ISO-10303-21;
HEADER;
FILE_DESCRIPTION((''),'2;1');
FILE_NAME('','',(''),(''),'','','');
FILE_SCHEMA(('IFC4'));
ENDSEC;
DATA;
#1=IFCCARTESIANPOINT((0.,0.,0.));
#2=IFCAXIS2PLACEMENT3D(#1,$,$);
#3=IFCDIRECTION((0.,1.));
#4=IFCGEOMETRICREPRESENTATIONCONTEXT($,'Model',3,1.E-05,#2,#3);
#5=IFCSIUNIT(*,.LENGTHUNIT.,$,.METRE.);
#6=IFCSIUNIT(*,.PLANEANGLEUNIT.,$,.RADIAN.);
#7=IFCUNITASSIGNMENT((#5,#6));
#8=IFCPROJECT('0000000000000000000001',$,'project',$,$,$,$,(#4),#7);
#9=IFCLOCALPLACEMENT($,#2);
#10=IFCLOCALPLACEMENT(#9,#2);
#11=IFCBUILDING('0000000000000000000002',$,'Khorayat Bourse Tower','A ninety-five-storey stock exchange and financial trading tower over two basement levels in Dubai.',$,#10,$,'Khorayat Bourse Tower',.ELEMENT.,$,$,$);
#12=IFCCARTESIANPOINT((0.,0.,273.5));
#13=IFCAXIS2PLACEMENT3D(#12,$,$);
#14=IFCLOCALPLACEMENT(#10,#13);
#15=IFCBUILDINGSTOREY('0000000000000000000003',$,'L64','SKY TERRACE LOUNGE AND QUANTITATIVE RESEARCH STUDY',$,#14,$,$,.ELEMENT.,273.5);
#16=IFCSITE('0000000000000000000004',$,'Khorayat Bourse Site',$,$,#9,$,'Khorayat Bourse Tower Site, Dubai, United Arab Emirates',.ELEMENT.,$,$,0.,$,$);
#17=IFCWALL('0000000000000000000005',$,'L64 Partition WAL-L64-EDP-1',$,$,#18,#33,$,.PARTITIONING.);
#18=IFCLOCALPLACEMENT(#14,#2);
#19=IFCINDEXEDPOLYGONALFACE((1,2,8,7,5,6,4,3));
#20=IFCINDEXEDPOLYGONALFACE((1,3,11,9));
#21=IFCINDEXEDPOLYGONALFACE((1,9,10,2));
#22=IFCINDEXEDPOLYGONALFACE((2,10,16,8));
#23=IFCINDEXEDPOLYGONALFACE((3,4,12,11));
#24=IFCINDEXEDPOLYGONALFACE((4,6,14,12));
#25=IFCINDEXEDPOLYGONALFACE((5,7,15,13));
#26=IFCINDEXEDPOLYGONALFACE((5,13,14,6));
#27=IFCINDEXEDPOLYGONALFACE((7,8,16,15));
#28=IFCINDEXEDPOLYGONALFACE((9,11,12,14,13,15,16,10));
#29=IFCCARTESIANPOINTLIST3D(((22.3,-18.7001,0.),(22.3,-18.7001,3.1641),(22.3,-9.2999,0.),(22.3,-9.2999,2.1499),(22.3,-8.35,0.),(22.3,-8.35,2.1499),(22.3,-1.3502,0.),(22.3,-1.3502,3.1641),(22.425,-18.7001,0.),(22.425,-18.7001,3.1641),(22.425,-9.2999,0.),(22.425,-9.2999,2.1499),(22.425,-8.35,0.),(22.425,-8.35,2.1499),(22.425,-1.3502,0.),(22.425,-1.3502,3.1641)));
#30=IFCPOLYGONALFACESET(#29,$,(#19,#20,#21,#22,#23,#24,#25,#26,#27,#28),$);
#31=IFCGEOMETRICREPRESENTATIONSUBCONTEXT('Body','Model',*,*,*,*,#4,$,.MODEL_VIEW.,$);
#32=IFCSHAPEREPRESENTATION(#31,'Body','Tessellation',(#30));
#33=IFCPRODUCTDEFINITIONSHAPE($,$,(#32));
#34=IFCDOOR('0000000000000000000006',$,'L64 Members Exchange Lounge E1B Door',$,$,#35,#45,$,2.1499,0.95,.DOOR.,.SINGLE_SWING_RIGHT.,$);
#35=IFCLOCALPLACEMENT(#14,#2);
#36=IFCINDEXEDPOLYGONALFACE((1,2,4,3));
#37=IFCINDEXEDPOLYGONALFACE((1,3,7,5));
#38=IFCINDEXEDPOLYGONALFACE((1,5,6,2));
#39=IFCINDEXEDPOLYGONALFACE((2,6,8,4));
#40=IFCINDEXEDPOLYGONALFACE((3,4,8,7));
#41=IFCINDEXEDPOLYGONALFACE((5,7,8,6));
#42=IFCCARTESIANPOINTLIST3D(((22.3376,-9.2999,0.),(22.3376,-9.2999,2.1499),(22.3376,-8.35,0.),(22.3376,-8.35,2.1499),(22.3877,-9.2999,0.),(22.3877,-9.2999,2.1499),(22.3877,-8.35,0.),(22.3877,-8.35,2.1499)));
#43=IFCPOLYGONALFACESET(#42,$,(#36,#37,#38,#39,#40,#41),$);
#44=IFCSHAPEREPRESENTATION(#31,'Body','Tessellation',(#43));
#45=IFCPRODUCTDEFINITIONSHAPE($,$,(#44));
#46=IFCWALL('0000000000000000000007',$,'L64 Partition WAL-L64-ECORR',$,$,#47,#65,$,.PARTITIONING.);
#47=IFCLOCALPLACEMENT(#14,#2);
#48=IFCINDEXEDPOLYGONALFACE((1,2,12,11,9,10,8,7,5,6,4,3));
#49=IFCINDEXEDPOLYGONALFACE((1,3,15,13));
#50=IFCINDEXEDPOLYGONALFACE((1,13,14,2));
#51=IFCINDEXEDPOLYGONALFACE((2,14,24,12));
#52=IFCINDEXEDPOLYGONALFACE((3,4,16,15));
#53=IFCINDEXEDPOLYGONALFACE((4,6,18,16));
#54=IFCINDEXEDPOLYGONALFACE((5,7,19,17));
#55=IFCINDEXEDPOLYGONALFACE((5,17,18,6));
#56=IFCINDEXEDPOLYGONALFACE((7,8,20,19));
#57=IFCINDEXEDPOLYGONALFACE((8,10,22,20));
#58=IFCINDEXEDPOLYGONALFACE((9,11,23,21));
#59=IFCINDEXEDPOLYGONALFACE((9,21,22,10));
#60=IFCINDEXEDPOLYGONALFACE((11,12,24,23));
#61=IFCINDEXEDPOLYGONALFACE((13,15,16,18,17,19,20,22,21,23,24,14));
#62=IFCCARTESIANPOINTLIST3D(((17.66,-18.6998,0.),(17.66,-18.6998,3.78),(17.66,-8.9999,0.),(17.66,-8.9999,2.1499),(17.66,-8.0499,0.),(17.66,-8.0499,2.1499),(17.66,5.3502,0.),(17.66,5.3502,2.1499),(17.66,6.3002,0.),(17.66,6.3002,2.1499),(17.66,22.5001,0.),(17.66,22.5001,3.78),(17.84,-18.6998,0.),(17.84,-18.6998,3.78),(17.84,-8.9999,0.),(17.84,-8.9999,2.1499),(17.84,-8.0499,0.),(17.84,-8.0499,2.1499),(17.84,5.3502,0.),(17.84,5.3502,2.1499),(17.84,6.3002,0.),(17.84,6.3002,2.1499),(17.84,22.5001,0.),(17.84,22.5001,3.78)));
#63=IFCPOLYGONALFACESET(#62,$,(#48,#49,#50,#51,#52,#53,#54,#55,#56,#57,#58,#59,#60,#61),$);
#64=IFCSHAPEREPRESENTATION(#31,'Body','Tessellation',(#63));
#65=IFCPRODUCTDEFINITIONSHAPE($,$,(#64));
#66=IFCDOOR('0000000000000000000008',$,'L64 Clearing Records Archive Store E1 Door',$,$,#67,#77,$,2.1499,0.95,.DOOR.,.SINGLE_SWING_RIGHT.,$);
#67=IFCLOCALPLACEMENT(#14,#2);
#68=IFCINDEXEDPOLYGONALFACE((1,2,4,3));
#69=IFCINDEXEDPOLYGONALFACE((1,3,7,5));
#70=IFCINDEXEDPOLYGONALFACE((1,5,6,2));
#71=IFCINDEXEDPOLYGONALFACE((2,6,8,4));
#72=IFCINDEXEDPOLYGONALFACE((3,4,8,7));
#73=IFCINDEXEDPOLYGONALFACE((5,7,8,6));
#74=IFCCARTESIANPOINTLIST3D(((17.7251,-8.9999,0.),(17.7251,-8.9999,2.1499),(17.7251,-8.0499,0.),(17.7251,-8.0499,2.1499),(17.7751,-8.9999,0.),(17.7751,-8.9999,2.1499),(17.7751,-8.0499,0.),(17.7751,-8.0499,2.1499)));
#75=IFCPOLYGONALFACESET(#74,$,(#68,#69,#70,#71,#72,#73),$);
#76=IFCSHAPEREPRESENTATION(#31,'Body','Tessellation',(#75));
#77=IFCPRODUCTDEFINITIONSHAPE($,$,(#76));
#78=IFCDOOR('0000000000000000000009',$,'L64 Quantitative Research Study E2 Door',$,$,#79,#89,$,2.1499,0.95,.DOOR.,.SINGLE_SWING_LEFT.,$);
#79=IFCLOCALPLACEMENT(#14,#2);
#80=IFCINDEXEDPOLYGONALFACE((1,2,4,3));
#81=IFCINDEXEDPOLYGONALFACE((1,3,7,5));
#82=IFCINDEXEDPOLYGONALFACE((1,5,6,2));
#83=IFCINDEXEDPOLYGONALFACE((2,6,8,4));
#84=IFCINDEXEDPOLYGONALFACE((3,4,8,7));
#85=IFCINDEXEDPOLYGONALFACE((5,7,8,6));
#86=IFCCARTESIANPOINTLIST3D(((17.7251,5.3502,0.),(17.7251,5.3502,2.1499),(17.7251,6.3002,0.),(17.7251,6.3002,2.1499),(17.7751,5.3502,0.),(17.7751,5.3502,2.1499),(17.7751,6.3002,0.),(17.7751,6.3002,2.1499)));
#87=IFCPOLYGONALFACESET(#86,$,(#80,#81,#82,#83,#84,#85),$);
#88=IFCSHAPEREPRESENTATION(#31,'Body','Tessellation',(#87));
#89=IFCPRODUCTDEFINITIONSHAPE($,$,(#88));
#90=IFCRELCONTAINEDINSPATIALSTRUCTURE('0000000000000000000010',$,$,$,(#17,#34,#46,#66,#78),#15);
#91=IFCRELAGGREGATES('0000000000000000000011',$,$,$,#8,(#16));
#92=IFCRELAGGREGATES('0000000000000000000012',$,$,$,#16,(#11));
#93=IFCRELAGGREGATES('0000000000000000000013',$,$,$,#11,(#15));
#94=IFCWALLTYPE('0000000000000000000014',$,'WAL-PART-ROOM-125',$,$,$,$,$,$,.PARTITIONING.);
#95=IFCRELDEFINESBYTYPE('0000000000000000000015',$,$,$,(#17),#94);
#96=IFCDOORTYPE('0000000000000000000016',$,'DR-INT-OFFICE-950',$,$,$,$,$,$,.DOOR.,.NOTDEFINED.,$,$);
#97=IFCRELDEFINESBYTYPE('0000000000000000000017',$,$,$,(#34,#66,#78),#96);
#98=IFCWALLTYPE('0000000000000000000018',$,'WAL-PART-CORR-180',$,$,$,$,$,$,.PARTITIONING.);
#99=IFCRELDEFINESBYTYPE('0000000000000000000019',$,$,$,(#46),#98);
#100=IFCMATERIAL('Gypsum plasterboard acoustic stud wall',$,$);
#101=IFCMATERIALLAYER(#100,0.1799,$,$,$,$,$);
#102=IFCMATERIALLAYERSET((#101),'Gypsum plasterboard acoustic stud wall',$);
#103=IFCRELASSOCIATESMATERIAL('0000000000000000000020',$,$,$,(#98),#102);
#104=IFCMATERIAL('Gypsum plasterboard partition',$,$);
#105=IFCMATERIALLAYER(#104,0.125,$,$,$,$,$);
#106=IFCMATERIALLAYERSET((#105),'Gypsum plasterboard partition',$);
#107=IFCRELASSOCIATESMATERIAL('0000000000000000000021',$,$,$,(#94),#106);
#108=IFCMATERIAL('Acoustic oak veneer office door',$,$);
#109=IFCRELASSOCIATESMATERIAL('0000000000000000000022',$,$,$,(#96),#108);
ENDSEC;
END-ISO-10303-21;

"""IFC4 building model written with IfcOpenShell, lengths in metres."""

from ifc_helpers import new_model, si_unit, direction, frame, frame_2d, origin, place, context, subcontext, project, spatial, rectangle, extrude, source, transform, mapped, material, layer, layer_set, type_object, element, fill, save


model = new_model("IFC4")

# Units and contexts
model_context = context("Model", 3, precision=1e-05, world=origin(), true_north=direction((0.0, 1.0)))
body_context = subcontext(model_context, "Body", "Model", "MODEL_VIEW")
ifc_project = project(units=[si_unit("LENGTHUNIT", "METRE"), si_unit("PLANEANGLEUNIT", "RADIAN")], contexts=[model_context])

# Site, building, storey
site_placement = place(None, origin())
site = spatial("IfcSite", under=ifc_project, at=site_placement, Name="Khorayat Bourse Site", LongName="Khorayat Bourse Tower Site, Dubai, United Arab Emirates", CompositionType="ELEMENT", RefElevation=0.0)
building_placement = place(site_placement, origin())
building = spatial("IfcBuilding", under=site, at=building_placement, Name="Khorayat Bourse Tower", Description="A ninety-five-storey stock exchange and financial trading tower over two basement levels in Dubai.", LongName="Khorayat Bourse Tower", CompositionType="ELEMENT")
storey_placement = place(building_placement, frame((0.0, 0.0, 273.5)))
storey = spatial("IfcBuildingStorey", under=building, at=storey_placement, Name="L64", Description="SKY TERRACE LOUNGE AND QUANTITATIVE RESEARCH STUDY", CompositionType="ELEMENT", Elevation=273.5)

# Shared definitions
ifc_material_1 = material(Name="Gypsum plasterboard acoustic stud wall")
ifc_layer_1 = layer(ifc_material_1, 0.1799)
ifc_layer_set_1 = layer_set([ifc_layer_1], Name="Gypsum plasterboard acoustic stud wall")
wall_type_1 = type_object("IfcWallType", Name="WAL-PART-CORR-180", PredefinedType="PARTITIONING", material=ifc_layer_set_1)

# Wall, opening, door
ifc_material_2 = material(Name="Gypsum plasterboard partition")
ifc_layer_2 = layer(ifc_material_2, 0.125)
ifc_layer_set_2 = layer_set([ifc_layer_2], Name="Gypsum plasterboard partition")
wall_type_2 = type_object("IfcWallType", Name="WAL-PART-ROOM-125", PredefinedType="PARTITIONING", material=ifc_layer_set_2)
shared_shape_1 = source(origin(), body_context, "Body", "SweptSolid", [
    extrude(rectangle(XDim=17.3499, YDim=0.125, at=frame_2d((8.6748, 0.0))), origin(), (0.0, 0.0, 1.0), 3.1641),
])
wall_1_placement = place(storey_placement, frame((22.3625, -18.7, 0.0), z_axis=(0.0, 0.0, 1.0), x_axis=(0.0, 1.0, 0.0)))
wall_1 = element("IfcWall", 1, at=wall_1_placement, inside=storey, type_object=wall_type_2, Name="L64 Partition WAL-L64-EDP-1", PredefinedType="PARTITIONING", context=body_context, shape_type="MappedRepresentation", body=[
    mapped(shared_shape_1, transform((0.0, 0.0, 0.0), scale=1.0)),
])
shared_shape_2 = source(origin(), body_context, "Body", "SweptSolid", [
    extrude(rectangle(XDim=0.95, YDim=2.1499, at=frame_2d((0.4751, 1.075))), frame((0.0, 0.0725, 0.0), z_axis=(0.0, -1.0, 0.0), x_axis=(1.0, 0.0, 0.0)), (0.0, 0.0, 1.0), 0.145),
])
opening_1_placement = place(wall_1_placement, frame((9.3999, 0.0, 0.0)))
opening_1 = element("IfcOpeningElement", 2, at=opening_1_placement, cuts=wall_1, PredefinedType="OPENING", context=body_context, shape_type="MappedRepresentation", body=[
    mapped(shared_shape_2, transform((0.0, 0.0, 0.0), scale=1.0)),
])
ifc_material_3 = material(Name="Acoustic oak veneer office door")
door_type = type_object("IfcDoorType", Name="DR-INT-OFFICE-950", OperationType="NOTDEFINED", PredefinedType="DOOR", material=ifc_material_3)
shared_shape_3 = source(origin(), body_context, "Body", "SweptSolid", [
    extrude(rectangle(XDim=0.95, YDim=2.1499, at=frame_2d((0.4751, 1.075))), frame((0.0, 0.0249, 0.0), z_axis=(0.0, -1.0, 0.0), x_axis=(1.0, 0.0, 0.0)), (0.0, 0.0, 1.0), 0.05),
])
door_1_placement = place(opening_1_placement, origin())
door_1 = element("IfcDoor", 3, at=door_1_placement, inside=storey, type_object=door_type, Name="L64 Members Exchange Lounge E1B Door", OperationType="SINGLE_SWING_RIGHT", OverallHeight=2.1499, OverallWidth=0.95, PredefinedType="DOOR", context=body_context, shape_type="MappedRepresentation", body=[
    mapped(shared_shape_3, transform((0.0, 0.0, 0.0), scale=1.0)),
])
fill(opening_1, door_1)

# Wall, openings, doors
shared_shape_4 = source(origin(), body_context, "Body", "SweptSolid", [
    extrude(rectangle(XDim=41.2, YDim=0.1799, at=frame_2d((20.6001, 0.0))), origin(), (0.0, 0.0, 1.0), 3.78),
])
wall_2_placement = place(storey_placement, frame((17.75, -18.7, 0.0), z_axis=(0.0, 0.0, 1.0), x_axis=(0.0, 1.0, 0.0)))
wall_2 = element("IfcWall", 4, at=wall_2_placement, inside=storey, type_object=wall_type_1, Name="L64 Partition WAL-L64-ECORR", PredefinedType="PARTITIONING", context=body_context, shape_type="MappedRepresentation", body=[
    mapped(shared_shape_4, transform((0.0, 0.0, 0.0), scale=1.0)),
])
shared_shape_5 = source(origin(), body_context, "Body", "SweptSolid", [
    extrude(rectangle(XDim=0.95, YDim=2.1499, at=frame_2d((0.4751, 1.075))), frame((0.0, 0.0999, 0.0), z_axis=(0.0, -1.0, 0.0), x_axis=(1.0, 0.0, 0.0)), (0.0, 0.0, 1.0), 0.2),
])
opening_2_placement = place(wall_2_placement, frame((9.7, 0.0, 0.0)))
opening_2 = element("IfcOpeningElement", 5, at=opening_2_placement, cuts=wall_2, PredefinedType="OPENING", context=body_context, shape_type="MappedRepresentation", body=[
    mapped(shared_shape_5, transform((0.0, 0.0, 0.0), scale=1.0)),
])
opening_3_placement = place(wall_2_placement, frame((24.05, 0.0, 0.0)))
opening_3 = element("IfcOpeningElement", 6, at=opening_3_placement, cuts=wall_2, PredefinedType="OPENING", context=body_context, shape_type="MappedRepresentation", body=[
    mapped(shared_shape_5, transform((0.0, 0.0, 0.0), scale=1.0)),
])
door_2_placement = place(opening_2_placement, origin())
door_2 = element("IfcDoor", 7, at=door_2_placement, inside=storey, type_object=door_type, Name="L64 Clearing Records Archive Store E1 Door", OperationType="SINGLE_SWING_RIGHT", OverallHeight=2.1499, OverallWidth=0.95, PredefinedType="DOOR", context=body_context, shape_type="MappedRepresentation", body=[
    mapped(shared_shape_3, transform((0.0, 0.0, 0.0), scale=1.0)),
])
fill(opening_2, door_2)
door_3_placement = place(opening_3_placement, origin())
door_3 = element("IfcDoor", 8, at=door_3_placement, inside=storey, type_object=door_type, Name="L64 Quantitative Research Study E2 Door", OperationType="SINGLE_SWING_LEFT", OverallHeight=2.1499, OverallWidth=0.95, PredefinedType="DOOR", context=body_context, shape_type="MappedRepresentation", body=[
    mapped(shared_shape_3, transform((0.0, 0.0, 0.0), scale=1.0)),
])
fill(opening_3, door_3)

save(model, "model.ifc")
